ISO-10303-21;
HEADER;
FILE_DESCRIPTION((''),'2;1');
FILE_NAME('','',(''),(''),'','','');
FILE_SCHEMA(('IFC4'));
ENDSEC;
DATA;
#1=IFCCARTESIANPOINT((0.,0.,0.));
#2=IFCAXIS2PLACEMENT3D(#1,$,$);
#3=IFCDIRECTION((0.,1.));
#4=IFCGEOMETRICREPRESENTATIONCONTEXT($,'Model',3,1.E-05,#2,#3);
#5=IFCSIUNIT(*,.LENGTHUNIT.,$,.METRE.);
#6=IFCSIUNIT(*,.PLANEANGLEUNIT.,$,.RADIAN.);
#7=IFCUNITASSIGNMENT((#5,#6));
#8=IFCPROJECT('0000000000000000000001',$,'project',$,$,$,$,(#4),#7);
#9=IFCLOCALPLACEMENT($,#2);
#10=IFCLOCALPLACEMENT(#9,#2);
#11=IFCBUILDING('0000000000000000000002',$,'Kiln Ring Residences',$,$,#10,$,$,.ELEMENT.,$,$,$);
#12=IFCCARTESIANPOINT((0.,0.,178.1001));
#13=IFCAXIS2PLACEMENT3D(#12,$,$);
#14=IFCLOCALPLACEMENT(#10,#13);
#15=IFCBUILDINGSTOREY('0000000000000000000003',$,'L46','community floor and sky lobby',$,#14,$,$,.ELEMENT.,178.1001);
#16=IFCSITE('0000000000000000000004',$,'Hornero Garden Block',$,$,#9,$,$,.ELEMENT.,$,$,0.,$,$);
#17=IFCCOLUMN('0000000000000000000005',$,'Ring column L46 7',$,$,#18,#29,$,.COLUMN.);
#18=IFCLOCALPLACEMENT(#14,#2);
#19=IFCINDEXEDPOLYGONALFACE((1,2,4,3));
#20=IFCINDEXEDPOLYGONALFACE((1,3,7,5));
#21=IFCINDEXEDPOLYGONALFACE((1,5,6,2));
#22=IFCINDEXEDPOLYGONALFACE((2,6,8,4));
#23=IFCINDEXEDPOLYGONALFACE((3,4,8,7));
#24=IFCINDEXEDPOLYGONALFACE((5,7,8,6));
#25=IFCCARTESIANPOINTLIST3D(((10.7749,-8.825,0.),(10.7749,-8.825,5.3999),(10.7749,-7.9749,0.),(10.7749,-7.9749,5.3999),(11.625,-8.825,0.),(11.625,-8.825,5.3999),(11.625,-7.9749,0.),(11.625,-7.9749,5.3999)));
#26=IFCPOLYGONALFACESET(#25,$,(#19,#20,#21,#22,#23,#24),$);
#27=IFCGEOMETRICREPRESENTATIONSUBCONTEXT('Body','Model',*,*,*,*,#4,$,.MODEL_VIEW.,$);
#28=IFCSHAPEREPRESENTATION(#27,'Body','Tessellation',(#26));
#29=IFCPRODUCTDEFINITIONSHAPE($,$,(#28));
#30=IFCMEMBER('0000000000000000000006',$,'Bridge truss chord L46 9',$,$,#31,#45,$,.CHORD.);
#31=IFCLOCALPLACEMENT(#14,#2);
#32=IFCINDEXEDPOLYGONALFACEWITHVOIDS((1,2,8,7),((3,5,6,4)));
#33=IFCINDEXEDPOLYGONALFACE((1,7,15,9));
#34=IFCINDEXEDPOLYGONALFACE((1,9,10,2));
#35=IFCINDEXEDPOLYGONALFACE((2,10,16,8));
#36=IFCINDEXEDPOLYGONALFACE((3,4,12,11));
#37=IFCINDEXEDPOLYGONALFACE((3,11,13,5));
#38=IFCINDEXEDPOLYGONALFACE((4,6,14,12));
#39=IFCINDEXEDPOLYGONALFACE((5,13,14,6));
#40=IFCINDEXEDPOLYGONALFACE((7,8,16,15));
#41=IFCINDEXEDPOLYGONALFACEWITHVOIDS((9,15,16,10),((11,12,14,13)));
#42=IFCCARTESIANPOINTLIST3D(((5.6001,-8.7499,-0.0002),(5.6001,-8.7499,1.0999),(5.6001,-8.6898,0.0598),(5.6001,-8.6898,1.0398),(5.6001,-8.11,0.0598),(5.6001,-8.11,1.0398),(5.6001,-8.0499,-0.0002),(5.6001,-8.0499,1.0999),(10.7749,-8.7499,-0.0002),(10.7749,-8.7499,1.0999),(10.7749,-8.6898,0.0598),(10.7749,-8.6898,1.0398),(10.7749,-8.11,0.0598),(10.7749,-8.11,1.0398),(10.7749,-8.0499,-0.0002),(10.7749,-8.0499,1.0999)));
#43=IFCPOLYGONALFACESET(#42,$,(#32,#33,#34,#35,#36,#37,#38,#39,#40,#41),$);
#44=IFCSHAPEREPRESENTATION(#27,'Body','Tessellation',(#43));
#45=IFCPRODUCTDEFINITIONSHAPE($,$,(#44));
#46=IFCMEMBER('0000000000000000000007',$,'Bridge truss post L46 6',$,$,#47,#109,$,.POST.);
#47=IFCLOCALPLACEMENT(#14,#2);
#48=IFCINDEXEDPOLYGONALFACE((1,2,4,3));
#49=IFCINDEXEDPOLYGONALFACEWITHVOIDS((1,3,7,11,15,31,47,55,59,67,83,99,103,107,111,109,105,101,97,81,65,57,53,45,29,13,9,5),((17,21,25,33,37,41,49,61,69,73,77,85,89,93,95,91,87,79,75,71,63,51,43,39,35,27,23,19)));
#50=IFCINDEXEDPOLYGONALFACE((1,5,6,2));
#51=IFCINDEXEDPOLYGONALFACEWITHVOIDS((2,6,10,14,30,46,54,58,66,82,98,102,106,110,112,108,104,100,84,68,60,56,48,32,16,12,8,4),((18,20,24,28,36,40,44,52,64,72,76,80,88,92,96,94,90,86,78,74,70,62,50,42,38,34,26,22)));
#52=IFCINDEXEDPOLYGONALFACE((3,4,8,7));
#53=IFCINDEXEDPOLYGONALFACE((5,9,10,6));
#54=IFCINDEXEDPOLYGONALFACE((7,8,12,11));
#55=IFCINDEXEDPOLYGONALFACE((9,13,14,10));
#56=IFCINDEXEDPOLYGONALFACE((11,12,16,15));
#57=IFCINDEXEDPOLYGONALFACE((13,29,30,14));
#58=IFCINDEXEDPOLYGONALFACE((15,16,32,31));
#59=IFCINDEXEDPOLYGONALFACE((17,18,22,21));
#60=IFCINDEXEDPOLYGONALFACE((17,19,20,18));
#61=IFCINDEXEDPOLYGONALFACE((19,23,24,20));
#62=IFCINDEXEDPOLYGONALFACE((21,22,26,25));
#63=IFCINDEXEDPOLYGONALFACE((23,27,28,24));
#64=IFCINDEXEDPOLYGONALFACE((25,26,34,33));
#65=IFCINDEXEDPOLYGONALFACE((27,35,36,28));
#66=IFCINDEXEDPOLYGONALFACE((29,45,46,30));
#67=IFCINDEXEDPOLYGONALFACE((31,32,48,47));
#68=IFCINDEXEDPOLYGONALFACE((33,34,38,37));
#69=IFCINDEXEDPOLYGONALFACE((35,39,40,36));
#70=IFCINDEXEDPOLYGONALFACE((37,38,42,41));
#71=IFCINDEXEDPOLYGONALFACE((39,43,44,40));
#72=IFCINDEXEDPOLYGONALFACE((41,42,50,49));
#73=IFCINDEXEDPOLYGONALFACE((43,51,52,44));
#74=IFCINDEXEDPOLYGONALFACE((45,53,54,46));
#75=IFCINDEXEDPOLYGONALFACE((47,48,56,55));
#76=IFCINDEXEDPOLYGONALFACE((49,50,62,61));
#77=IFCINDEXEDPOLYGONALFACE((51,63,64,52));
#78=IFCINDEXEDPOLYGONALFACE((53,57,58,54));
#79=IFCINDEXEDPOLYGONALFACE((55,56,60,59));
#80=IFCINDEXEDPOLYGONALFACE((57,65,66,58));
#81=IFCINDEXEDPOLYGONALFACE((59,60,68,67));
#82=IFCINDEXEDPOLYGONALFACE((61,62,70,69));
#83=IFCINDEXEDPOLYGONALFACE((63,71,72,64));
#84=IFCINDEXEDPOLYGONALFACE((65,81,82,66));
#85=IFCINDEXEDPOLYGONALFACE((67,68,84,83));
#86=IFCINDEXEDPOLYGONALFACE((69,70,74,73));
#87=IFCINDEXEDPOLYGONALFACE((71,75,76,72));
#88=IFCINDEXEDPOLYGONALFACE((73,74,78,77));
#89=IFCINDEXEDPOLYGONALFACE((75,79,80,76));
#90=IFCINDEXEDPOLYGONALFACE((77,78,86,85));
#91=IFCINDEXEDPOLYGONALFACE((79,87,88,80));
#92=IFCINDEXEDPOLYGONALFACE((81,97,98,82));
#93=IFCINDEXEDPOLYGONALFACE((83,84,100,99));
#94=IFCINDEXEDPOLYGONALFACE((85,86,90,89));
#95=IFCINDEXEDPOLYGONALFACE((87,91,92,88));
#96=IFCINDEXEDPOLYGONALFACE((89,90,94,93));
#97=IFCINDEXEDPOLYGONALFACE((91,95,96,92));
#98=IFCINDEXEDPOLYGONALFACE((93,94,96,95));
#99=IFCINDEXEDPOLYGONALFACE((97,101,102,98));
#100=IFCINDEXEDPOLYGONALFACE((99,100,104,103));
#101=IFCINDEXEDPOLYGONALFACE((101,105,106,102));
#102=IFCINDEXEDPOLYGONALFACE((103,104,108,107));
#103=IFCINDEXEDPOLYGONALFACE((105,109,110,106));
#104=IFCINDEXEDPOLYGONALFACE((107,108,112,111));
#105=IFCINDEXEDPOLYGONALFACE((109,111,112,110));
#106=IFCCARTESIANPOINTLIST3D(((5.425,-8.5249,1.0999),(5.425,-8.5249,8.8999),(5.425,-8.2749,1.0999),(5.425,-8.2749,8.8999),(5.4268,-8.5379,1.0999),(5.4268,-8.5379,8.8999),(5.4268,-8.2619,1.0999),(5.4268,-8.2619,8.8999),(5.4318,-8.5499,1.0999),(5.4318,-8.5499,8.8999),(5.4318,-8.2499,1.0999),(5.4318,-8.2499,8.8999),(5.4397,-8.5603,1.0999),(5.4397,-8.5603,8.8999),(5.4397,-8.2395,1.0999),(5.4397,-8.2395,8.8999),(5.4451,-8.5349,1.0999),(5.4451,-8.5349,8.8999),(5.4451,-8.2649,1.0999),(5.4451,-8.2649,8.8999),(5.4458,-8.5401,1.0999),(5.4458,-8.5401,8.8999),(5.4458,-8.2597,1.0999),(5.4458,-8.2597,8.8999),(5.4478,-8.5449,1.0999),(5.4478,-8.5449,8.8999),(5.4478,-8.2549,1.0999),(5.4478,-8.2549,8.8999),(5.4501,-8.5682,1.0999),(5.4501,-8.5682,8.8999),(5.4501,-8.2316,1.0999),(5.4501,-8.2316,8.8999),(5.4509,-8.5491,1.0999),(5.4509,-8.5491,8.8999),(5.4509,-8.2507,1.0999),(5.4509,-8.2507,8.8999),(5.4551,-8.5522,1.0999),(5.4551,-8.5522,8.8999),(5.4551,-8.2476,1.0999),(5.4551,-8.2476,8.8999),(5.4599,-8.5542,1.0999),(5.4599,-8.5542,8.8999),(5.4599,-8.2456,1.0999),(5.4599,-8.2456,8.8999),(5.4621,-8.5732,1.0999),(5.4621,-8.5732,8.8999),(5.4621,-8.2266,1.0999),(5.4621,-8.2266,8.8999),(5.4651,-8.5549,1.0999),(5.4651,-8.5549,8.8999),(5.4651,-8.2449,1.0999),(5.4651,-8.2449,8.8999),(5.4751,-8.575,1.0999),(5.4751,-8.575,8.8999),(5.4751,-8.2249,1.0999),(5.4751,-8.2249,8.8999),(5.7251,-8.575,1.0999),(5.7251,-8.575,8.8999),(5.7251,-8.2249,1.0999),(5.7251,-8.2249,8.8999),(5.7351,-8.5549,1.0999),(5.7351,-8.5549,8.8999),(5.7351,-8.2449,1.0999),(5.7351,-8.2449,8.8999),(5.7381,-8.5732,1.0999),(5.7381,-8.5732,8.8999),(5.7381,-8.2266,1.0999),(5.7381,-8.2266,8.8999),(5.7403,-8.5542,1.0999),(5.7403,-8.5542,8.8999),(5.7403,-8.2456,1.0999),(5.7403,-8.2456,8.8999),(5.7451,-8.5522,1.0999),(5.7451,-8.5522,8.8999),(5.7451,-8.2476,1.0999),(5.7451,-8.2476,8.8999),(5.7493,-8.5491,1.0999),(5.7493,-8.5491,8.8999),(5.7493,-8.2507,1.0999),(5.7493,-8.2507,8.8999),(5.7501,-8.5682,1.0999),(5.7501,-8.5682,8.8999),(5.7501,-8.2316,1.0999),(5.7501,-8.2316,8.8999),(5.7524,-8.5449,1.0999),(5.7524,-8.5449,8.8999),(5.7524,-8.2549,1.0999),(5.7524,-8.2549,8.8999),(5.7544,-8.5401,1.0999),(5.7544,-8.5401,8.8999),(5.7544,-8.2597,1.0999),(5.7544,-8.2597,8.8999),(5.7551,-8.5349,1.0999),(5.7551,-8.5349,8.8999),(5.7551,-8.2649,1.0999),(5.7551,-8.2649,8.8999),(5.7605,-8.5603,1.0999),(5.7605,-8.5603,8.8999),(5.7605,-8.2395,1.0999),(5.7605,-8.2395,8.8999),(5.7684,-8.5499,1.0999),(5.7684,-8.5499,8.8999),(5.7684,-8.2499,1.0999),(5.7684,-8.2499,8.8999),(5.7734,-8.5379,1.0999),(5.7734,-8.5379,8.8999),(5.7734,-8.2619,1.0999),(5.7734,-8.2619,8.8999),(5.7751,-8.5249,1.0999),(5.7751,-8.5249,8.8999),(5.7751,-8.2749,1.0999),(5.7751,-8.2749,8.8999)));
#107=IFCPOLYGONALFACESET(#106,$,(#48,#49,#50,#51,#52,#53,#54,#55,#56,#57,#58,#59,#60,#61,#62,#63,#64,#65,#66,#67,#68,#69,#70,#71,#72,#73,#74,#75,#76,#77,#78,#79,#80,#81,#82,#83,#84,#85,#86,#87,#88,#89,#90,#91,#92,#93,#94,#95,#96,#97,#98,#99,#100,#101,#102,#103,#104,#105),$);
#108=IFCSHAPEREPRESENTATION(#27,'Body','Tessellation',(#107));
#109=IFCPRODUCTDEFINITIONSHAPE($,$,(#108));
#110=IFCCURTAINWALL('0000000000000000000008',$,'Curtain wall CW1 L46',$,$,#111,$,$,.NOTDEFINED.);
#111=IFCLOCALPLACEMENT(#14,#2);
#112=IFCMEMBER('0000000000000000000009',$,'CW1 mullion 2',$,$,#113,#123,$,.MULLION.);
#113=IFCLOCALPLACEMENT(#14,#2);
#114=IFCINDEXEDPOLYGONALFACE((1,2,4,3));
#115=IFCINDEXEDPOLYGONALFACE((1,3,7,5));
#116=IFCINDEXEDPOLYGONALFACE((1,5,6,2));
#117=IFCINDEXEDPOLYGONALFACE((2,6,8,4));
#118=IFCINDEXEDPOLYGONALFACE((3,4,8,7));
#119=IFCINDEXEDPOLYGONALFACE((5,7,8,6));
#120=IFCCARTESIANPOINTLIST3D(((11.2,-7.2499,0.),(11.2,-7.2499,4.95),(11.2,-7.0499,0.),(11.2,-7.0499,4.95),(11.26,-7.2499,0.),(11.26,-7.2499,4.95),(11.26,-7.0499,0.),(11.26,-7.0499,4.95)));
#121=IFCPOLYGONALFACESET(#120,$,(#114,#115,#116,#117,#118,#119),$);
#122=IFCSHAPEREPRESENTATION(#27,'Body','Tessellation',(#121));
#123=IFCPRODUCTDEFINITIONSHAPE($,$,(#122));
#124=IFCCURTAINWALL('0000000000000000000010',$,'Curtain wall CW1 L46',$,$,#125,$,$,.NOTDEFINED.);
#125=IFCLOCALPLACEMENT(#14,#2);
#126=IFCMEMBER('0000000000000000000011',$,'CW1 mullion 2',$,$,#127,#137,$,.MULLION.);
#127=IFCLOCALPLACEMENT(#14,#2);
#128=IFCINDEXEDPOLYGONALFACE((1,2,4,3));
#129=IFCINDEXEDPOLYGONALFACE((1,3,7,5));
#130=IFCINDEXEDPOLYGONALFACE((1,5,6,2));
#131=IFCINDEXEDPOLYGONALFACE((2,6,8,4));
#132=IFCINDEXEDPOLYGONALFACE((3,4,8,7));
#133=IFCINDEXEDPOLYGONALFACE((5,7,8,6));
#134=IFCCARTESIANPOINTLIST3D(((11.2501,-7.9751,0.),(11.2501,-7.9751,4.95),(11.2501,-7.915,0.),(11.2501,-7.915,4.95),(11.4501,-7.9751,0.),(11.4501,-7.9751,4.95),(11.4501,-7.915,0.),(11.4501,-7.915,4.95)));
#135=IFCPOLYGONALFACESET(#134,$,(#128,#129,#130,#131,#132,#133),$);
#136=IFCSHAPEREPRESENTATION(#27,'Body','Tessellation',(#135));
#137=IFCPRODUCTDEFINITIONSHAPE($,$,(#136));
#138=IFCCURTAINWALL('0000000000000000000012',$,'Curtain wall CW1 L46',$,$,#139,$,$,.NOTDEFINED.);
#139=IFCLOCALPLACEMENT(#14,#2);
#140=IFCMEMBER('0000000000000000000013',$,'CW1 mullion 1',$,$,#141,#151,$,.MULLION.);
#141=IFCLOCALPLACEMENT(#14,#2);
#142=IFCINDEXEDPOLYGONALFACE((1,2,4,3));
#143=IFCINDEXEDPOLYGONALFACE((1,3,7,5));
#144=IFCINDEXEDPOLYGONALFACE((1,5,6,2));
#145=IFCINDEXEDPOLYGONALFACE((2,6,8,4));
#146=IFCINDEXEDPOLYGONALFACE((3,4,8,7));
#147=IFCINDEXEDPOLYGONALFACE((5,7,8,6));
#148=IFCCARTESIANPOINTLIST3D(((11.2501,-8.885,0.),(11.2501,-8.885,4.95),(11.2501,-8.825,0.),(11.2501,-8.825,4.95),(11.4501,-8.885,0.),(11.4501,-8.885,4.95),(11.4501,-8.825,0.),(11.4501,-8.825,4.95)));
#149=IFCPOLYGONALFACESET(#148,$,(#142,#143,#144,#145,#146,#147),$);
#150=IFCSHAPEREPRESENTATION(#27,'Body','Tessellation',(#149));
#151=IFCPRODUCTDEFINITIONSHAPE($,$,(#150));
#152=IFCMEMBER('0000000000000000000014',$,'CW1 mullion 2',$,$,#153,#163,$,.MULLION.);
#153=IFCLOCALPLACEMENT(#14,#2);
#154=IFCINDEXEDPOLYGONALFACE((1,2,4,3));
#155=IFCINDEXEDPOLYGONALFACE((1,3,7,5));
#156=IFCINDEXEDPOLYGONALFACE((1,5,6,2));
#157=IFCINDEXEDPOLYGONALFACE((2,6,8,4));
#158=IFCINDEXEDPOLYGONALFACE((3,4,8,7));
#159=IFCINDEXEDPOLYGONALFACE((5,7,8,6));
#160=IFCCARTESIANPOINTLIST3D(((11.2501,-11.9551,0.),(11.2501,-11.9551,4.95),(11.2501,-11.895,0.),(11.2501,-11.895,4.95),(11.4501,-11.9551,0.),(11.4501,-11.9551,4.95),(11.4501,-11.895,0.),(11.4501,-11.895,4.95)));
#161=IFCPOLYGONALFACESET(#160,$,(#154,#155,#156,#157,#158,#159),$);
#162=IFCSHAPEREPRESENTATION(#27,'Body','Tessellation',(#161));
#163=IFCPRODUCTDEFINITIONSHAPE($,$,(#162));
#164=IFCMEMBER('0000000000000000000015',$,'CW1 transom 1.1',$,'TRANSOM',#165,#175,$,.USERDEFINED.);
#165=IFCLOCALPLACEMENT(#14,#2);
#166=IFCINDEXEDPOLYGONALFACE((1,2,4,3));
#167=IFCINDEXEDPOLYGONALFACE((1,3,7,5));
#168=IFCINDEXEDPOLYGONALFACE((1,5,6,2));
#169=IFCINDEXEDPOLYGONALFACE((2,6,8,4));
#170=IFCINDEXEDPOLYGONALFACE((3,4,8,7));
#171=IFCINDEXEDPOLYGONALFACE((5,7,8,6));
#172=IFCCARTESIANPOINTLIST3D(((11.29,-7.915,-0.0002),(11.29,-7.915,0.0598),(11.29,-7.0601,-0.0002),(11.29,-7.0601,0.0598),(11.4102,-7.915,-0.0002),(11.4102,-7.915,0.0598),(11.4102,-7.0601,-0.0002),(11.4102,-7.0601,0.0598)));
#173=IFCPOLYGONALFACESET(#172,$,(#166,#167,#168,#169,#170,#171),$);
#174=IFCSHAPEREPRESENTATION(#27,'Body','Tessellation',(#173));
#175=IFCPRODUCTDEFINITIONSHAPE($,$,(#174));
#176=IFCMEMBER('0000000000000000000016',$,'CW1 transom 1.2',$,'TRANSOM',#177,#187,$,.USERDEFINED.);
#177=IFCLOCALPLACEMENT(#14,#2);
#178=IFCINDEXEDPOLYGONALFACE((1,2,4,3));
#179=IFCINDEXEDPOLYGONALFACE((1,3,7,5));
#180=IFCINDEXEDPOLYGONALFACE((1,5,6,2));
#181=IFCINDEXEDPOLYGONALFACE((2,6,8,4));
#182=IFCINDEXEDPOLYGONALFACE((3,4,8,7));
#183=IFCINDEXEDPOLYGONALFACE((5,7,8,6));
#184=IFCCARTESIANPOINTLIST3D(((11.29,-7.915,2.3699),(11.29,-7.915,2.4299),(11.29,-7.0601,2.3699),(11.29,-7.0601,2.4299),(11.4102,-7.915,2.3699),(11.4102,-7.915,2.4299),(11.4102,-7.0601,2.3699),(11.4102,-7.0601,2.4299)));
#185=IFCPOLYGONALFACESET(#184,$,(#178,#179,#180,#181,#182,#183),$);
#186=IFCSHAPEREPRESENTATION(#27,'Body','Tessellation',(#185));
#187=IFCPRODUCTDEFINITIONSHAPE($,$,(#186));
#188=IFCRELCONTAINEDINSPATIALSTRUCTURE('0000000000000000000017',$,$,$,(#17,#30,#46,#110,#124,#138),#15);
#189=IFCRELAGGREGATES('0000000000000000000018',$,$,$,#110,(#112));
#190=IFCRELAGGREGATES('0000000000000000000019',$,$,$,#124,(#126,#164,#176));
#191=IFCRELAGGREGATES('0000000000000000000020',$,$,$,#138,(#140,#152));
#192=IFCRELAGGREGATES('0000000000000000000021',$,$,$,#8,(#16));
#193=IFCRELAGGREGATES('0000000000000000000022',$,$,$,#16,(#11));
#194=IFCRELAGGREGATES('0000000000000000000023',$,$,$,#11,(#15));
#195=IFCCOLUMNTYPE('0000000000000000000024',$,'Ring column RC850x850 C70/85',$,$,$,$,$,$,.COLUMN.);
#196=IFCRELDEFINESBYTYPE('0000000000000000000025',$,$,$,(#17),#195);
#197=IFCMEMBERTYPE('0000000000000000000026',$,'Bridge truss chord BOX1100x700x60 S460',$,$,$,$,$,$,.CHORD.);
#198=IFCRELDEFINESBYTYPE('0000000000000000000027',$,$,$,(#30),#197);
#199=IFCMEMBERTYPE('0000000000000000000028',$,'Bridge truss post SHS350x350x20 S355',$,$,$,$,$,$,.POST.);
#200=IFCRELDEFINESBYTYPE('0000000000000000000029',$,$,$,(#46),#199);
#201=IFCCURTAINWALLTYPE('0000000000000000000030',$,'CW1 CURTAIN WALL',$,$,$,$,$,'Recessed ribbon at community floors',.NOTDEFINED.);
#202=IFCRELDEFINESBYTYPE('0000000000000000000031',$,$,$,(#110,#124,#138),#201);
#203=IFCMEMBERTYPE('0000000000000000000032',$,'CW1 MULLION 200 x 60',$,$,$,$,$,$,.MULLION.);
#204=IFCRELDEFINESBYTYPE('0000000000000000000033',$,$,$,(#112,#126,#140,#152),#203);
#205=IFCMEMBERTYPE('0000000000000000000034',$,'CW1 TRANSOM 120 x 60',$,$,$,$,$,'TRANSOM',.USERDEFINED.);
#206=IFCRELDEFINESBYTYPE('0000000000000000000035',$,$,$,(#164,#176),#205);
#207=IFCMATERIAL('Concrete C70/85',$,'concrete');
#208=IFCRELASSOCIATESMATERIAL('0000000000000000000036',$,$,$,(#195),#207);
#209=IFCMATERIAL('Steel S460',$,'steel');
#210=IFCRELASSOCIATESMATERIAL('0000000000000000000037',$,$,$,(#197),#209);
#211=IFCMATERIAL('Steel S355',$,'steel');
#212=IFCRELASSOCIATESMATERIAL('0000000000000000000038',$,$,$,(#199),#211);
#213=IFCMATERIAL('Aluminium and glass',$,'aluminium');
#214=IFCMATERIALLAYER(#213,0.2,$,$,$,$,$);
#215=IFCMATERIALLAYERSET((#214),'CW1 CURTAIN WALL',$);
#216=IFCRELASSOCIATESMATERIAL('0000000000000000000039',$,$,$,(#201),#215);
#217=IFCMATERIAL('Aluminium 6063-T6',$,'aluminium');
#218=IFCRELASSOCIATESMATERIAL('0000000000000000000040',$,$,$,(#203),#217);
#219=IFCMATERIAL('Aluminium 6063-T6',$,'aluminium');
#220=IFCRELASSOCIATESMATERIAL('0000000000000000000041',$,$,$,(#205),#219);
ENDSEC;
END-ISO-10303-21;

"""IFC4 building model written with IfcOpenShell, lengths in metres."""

from ifc_helpers import new_model, si_unit, direction, frame, origin, origin_2d, place, context, subcontext, project, spatial, rectangle, hollow_rectangle, extrude, material, layer, layer_set, material_profile, profile_set, type_object, element, aggregate, save


model = new_model("IFC4")

# Units and contexts
model_context = context("Model", 3, precision=1e-05, world=origin(), true_north=direction((0.0, 1.0)))
body_context = subcontext(model_context, "Body", "Model", "MODEL_VIEW")
ifc_project = project(units=[si_unit("LENGTHUNIT", "METRE"), si_unit("PLANEANGLEUNIT", "RADIAN")], contexts=[model_context])

# Site, building, storey
site_placement = place(None, origin())
site = spatial("IfcSite", under=ifc_project, at=site_placement, Name="Hornero Garden Block", CompositionType="ELEMENT", RefElevation=0.0)
building_placement = place(site_placement, origin())
building = spatial("IfcBuilding", under=site, at=building_placement, Name="Kiln Ring Residences", CompositionType="ELEMENT")
storey_placement = place(building_placement, frame((0.0, 0.0, 178.1001)))
storey = spatial("IfcBuildingStorey", under=building, at=storey_placement, Name="L46", Description="community floor and sky lobby", CompositionType="ELEMENT", Elevation=178.1001)

# Column
ifc_material_1 = material(Name="Concrete C70/85", Category="concrete")
ifc_material_profile_1 = material_profile(ifc_material_1, rectangle(XDim=0.8501, YDim=0.8501, at=origin_2d()), Name="RC850x850")
ifc_profile_set_1 = profile_set([ifc_material_profile_1], Name="Concrete C70/85")
column_type = type_object("IfcColumnType", Name="Ring column RC850x850 C70/85", PredefinedType="COLUMN", material=ifc_profile_set_1)
column_placement = place(storey_placement, frame((11.2, -8.3999, 0.0), z_axis=(0.0, 0.0, 1.0), x_axis=(1.0, 0.0, 0.0)))
element("IfcColumn", 1, at=column_placement, inside=storey, type_object=column_type, Name="Ring column L46 7", PredefinedType="COLUMN", context=body_context, shape_type="SweptSolid", body=[
    extrude(rectangle(XDim=0.8501, YDim=0.8501, at=origin_2d()), origin(), (0.0, 0.0, 1.0), 5.3999),
])

# Members
ifc_material_2 = material(Name="Steel S460", Category="steel")
ifc_material_profile_2 = material_profile(ifc_material_2, hollow_rectangle(XDim=0.7, YDim=1.1001, WallThickness=0.0601, at=origin_2d()), Name="BOX1100x700x60")
ifc_profile_set_2 = profile_set([ifc_material_profile_2], Name="Steel S460")
member_type_1 = type_object("IfcMemberType", Name="Bridge truss chord BOX1100x700x60 S460", PredefinedType="CHORD", material=ifc_profile_set_2)
member_1_placement = place(storey_placement, frame((5.6001, -8.3999, 0.5498), z_axis=(1.0, 0.0, 0.0), x_axis=(0.0, 1.0, 0.0)))
element("IfcMember", 2, at=member_1_placement, inside=storey, type_object=member_type_1, Name="Bridge truss chord L46 9", PredefinedType="CHORD", context=body_context, shape_type="SweptSolid", body=[
    extrude(hollow_rectangle(XDim=0.7, YDim=1.1001, WallThickness=0.0601, at=origin_2d()), origin(), (0.0, 0.0, 1.0), 5.1748),
])
ifc_material_3 = material(Name="Steel S355", Category="steel")
ifc_material_profile_3 = material_profile(ifc_material_3, hollow_rectangle(XDim=0.3501, YDim=0.3501, WallThickness=0.02, InnerFilletRadius=0.02, OuterFilletRadius=0.05, at=origin_2d()), Name="SHS350x350x20")
ifc_profile_set_3 = profile_set([ifc_material_profile_3], Name="Steel S355")
member_type_2 = type_object("IfcMemberType", Name="Bridge truss post SHS350x350x20 S355", PredefinedType="POST", material=ifc_profile_set_3)
member_2_placement = place(storey_placement, frame((5.6001, -8.3999, 1.0999), z_axis=(0.0, 0.0, 1.0), x_axis=(1.0, 0.0, 0.0)))
element("IfcMember", 3, at=member_2_placement, inside=storey, type_object=member_type_2, Name="Bridge truss post L46 6", PredefinedType="POST", context=body_context, shape_type="SweptSolid", body=[
    extrude(hollow_rectangle(XDim=0.3501, YDim=0.3501, WallThickness=0.02, InnerFilletRadius=0.02, OuterFilletRadius=0.05, at=origin_2d()), origin(), (0.0, 0.0, 1.0), 7.8),
])

# Curtain walls, members
ifc_material_4 = material(Name="Aluminium and glass", Category="aluminium")
ifc_layer_1 = layer(ifc_material_4, 0.2)
ifc_layer_set_1 = layer_set([ifc_layer_1], Name="CW1 CURTAIN WALL")
curtain_wall_type = type_object("IfcCurtainWallType", Name="CW1 CURTAIN WALL", ElementType="Recessed ribbon at community floors", PredefinedType="NOTDEFINED", material=ifc_layer_set_1)
placement_1 = place(storey_placement, origin())
curtain_wall_1 = element("IfcCurtainWall", 4, at=placement_1, inside=storey, type_object=curtain_wall_type, Name="Curtain wall CW1 L46", PredefinedType="NOTDEFINED")
ifc_material_5 = material(Name="Aluminium 6063-T6", Category="aluminium")
ifc_material_profile_4 = material_profile(ifc_material_5, rectangle(XDim=0.2, YDim=0.0601, at=origin_2d()), Name="AL 200x60")
ifc_profile_set_4 = profile_set([ifc_material_profile_4], Name="Aluminium 6063-T6")
member_type_3 = type_object("IfcMemberType", Name="CW1 MULLION 200 x 60", PredefinedType="MULLION", material=ifc_profile_set_4)
member_3_placement = place(storey_placement, frame((11.23, -7.1499, 0.0), z_axis=(0.0, 0.0, 1.0), x_axis=(0.0, -1.0, 0.0)))
member_3 = element("IfcMember", 5, at=member_3_placement, type_object=member_type_3, Name="CW1 mullion 2", PredefinedType="MULLION", context=body_context, shape_type="SweptSolid", body=[
    extrude(rectangle(XDim=0.2, YDim=0.0601, at=origin_2d()), origin(), (0.0, 0.0, 1.0), 4.95),
])
aggregate(curtain_wall_1, [member_3])
curtain_wall_2 = element("IfcCurtainWall", 6, at=placement_1, inside=storey, type_object=curtain_wall_type, Name="Curtain wall CW1 L46", PredefinedType="NOTDEFINED")
member_4_placement = place(storey_placement, frame((11.3501, -7.9451, 0.0), z_axis=(0.0, 0.0, 1.0), x_axis=(1.0, 0.0, 0.0)))
member_4 = element("IfcMember", 7, at=member_4_placement, type_object=member_type_3, Name="CW1 mullion 2", PredefinedType="MULLION", context=body_context, shape_type="SweptSolid", body=[
    extrude(rectangle(XDim=0.2, YDim=0.0601, at=origin_2d()), origin(), (0.0, 0.0, 1.0), 4.95),
])

# Curtain wall, members
curtain_wall_3 = element("IfcCurtainWall", 8, at=placement_1, inside=storey, type_object=curtain_wall_type, Name="Curtain wall CW1 L46", PredefinedType="NOTDEFINED")
member_5_placement = place(storey_placement, frame((11.3501, -8.855, 0.0), z_axis=(0.0, 0.0, 1.0), x_axis=(1.0, 0.0, 0.0)))
member_5 = element("IfcMember", 9, at=member_5_placement, type_object=member_type_3, Name="CW1 mullion 1", PredefinedType="MULLION", context=body_context, shape_type="SweptSolid", body=[
    extrude(rectangle(XDim=0.2, YDim=0.0601, at=origin_2d()), origin(), (0.0, 0.0, 1.0), 4.95),
])
member_6_placement = place(storey_placement, frame((11.3501, -11.925, 0.0), z_axis=(0.0, 0.0, 1.0), x_axis=(1.0, 0.0, 0.0)))
member_6 = element("IfcMember", 10, at=member_6_placement, type_object=member_type_3, Name="CW1 mullion 2", PredefinedType="MULLION", context=body_context, shape_type="SweptSolid", body=[
    extrude(rectangle(XDim=0.2, YDim=0.0601, at=origin_2d()), origin(), (0.0, 0.0, 1.0), 4.95),
])

# Members
ifc_material_6 = material(Name="Aluminium 6063-T6", Category="aluminium")
ifc_material_profile_5 = material_profile(ifc_material_6, rectangle(XDim=0.1201, YDim=0.0601, at=origin_2d()), Name="AL 120x60")
ifc_profile_set_5 = profile_set([ifc_material_profile_5], Name="Aluminium 6063-T6")
member_type_4 = type_object("IfcMemberType", Name="CW1 TRANSOM 120 x 60", ElementType="TRANSOM", PredefinedType="USERDEFINED", material=ifc_profile_set_5)
member_7_placement = place(storey_placement, frame((11.3501, -7.0601, 0.0298), z_axis=(0.0, -1.0, 0.0), x_axis=(1.0, 0.0, 0.0)))
member_7 = element("IfcMember", 11, at=member_7_placement, type_object=member_type_4, Name="CW1 transom 1.1", ObjectType="TRANSOM", PredefinedType="USERDEFINED", context=body_context, shape_type="SweptSolid", body=[
    extrude(rectangle(XDim=0.1201, YDim=0.0601, at=origin_2d()), origin(), (0.0, 0.0, 1.0), 0.855),
])
member_8_placement = place(storey_placement, frame((11.3501, -7.0601, 2.3999), z_axis=(0.0, -1.0, 0.0), x_axis=(1.0, 0.0, 0.0)))
member_8 = element("IfcMember", 12, at=member_8_placement, type_object=member_type_4, Name="CW1 transom 1.2", ObjectType="TRANSOM", PredefinedType="USERDEFINED", context=body_context, shape_type="SweptSolid", body=[
    extrude(rectangle(XDim=0.1201, YDim=0.0601, at=origin_2d()), origin(), (0.0, 0.0, 1.0), 0.855),
])

aggregate(curtain_wall_2, [member_4, member_7, member_8])
aggregate(curtain_wall_3, [member_5, member_6])

save(model, "model.ifc")
